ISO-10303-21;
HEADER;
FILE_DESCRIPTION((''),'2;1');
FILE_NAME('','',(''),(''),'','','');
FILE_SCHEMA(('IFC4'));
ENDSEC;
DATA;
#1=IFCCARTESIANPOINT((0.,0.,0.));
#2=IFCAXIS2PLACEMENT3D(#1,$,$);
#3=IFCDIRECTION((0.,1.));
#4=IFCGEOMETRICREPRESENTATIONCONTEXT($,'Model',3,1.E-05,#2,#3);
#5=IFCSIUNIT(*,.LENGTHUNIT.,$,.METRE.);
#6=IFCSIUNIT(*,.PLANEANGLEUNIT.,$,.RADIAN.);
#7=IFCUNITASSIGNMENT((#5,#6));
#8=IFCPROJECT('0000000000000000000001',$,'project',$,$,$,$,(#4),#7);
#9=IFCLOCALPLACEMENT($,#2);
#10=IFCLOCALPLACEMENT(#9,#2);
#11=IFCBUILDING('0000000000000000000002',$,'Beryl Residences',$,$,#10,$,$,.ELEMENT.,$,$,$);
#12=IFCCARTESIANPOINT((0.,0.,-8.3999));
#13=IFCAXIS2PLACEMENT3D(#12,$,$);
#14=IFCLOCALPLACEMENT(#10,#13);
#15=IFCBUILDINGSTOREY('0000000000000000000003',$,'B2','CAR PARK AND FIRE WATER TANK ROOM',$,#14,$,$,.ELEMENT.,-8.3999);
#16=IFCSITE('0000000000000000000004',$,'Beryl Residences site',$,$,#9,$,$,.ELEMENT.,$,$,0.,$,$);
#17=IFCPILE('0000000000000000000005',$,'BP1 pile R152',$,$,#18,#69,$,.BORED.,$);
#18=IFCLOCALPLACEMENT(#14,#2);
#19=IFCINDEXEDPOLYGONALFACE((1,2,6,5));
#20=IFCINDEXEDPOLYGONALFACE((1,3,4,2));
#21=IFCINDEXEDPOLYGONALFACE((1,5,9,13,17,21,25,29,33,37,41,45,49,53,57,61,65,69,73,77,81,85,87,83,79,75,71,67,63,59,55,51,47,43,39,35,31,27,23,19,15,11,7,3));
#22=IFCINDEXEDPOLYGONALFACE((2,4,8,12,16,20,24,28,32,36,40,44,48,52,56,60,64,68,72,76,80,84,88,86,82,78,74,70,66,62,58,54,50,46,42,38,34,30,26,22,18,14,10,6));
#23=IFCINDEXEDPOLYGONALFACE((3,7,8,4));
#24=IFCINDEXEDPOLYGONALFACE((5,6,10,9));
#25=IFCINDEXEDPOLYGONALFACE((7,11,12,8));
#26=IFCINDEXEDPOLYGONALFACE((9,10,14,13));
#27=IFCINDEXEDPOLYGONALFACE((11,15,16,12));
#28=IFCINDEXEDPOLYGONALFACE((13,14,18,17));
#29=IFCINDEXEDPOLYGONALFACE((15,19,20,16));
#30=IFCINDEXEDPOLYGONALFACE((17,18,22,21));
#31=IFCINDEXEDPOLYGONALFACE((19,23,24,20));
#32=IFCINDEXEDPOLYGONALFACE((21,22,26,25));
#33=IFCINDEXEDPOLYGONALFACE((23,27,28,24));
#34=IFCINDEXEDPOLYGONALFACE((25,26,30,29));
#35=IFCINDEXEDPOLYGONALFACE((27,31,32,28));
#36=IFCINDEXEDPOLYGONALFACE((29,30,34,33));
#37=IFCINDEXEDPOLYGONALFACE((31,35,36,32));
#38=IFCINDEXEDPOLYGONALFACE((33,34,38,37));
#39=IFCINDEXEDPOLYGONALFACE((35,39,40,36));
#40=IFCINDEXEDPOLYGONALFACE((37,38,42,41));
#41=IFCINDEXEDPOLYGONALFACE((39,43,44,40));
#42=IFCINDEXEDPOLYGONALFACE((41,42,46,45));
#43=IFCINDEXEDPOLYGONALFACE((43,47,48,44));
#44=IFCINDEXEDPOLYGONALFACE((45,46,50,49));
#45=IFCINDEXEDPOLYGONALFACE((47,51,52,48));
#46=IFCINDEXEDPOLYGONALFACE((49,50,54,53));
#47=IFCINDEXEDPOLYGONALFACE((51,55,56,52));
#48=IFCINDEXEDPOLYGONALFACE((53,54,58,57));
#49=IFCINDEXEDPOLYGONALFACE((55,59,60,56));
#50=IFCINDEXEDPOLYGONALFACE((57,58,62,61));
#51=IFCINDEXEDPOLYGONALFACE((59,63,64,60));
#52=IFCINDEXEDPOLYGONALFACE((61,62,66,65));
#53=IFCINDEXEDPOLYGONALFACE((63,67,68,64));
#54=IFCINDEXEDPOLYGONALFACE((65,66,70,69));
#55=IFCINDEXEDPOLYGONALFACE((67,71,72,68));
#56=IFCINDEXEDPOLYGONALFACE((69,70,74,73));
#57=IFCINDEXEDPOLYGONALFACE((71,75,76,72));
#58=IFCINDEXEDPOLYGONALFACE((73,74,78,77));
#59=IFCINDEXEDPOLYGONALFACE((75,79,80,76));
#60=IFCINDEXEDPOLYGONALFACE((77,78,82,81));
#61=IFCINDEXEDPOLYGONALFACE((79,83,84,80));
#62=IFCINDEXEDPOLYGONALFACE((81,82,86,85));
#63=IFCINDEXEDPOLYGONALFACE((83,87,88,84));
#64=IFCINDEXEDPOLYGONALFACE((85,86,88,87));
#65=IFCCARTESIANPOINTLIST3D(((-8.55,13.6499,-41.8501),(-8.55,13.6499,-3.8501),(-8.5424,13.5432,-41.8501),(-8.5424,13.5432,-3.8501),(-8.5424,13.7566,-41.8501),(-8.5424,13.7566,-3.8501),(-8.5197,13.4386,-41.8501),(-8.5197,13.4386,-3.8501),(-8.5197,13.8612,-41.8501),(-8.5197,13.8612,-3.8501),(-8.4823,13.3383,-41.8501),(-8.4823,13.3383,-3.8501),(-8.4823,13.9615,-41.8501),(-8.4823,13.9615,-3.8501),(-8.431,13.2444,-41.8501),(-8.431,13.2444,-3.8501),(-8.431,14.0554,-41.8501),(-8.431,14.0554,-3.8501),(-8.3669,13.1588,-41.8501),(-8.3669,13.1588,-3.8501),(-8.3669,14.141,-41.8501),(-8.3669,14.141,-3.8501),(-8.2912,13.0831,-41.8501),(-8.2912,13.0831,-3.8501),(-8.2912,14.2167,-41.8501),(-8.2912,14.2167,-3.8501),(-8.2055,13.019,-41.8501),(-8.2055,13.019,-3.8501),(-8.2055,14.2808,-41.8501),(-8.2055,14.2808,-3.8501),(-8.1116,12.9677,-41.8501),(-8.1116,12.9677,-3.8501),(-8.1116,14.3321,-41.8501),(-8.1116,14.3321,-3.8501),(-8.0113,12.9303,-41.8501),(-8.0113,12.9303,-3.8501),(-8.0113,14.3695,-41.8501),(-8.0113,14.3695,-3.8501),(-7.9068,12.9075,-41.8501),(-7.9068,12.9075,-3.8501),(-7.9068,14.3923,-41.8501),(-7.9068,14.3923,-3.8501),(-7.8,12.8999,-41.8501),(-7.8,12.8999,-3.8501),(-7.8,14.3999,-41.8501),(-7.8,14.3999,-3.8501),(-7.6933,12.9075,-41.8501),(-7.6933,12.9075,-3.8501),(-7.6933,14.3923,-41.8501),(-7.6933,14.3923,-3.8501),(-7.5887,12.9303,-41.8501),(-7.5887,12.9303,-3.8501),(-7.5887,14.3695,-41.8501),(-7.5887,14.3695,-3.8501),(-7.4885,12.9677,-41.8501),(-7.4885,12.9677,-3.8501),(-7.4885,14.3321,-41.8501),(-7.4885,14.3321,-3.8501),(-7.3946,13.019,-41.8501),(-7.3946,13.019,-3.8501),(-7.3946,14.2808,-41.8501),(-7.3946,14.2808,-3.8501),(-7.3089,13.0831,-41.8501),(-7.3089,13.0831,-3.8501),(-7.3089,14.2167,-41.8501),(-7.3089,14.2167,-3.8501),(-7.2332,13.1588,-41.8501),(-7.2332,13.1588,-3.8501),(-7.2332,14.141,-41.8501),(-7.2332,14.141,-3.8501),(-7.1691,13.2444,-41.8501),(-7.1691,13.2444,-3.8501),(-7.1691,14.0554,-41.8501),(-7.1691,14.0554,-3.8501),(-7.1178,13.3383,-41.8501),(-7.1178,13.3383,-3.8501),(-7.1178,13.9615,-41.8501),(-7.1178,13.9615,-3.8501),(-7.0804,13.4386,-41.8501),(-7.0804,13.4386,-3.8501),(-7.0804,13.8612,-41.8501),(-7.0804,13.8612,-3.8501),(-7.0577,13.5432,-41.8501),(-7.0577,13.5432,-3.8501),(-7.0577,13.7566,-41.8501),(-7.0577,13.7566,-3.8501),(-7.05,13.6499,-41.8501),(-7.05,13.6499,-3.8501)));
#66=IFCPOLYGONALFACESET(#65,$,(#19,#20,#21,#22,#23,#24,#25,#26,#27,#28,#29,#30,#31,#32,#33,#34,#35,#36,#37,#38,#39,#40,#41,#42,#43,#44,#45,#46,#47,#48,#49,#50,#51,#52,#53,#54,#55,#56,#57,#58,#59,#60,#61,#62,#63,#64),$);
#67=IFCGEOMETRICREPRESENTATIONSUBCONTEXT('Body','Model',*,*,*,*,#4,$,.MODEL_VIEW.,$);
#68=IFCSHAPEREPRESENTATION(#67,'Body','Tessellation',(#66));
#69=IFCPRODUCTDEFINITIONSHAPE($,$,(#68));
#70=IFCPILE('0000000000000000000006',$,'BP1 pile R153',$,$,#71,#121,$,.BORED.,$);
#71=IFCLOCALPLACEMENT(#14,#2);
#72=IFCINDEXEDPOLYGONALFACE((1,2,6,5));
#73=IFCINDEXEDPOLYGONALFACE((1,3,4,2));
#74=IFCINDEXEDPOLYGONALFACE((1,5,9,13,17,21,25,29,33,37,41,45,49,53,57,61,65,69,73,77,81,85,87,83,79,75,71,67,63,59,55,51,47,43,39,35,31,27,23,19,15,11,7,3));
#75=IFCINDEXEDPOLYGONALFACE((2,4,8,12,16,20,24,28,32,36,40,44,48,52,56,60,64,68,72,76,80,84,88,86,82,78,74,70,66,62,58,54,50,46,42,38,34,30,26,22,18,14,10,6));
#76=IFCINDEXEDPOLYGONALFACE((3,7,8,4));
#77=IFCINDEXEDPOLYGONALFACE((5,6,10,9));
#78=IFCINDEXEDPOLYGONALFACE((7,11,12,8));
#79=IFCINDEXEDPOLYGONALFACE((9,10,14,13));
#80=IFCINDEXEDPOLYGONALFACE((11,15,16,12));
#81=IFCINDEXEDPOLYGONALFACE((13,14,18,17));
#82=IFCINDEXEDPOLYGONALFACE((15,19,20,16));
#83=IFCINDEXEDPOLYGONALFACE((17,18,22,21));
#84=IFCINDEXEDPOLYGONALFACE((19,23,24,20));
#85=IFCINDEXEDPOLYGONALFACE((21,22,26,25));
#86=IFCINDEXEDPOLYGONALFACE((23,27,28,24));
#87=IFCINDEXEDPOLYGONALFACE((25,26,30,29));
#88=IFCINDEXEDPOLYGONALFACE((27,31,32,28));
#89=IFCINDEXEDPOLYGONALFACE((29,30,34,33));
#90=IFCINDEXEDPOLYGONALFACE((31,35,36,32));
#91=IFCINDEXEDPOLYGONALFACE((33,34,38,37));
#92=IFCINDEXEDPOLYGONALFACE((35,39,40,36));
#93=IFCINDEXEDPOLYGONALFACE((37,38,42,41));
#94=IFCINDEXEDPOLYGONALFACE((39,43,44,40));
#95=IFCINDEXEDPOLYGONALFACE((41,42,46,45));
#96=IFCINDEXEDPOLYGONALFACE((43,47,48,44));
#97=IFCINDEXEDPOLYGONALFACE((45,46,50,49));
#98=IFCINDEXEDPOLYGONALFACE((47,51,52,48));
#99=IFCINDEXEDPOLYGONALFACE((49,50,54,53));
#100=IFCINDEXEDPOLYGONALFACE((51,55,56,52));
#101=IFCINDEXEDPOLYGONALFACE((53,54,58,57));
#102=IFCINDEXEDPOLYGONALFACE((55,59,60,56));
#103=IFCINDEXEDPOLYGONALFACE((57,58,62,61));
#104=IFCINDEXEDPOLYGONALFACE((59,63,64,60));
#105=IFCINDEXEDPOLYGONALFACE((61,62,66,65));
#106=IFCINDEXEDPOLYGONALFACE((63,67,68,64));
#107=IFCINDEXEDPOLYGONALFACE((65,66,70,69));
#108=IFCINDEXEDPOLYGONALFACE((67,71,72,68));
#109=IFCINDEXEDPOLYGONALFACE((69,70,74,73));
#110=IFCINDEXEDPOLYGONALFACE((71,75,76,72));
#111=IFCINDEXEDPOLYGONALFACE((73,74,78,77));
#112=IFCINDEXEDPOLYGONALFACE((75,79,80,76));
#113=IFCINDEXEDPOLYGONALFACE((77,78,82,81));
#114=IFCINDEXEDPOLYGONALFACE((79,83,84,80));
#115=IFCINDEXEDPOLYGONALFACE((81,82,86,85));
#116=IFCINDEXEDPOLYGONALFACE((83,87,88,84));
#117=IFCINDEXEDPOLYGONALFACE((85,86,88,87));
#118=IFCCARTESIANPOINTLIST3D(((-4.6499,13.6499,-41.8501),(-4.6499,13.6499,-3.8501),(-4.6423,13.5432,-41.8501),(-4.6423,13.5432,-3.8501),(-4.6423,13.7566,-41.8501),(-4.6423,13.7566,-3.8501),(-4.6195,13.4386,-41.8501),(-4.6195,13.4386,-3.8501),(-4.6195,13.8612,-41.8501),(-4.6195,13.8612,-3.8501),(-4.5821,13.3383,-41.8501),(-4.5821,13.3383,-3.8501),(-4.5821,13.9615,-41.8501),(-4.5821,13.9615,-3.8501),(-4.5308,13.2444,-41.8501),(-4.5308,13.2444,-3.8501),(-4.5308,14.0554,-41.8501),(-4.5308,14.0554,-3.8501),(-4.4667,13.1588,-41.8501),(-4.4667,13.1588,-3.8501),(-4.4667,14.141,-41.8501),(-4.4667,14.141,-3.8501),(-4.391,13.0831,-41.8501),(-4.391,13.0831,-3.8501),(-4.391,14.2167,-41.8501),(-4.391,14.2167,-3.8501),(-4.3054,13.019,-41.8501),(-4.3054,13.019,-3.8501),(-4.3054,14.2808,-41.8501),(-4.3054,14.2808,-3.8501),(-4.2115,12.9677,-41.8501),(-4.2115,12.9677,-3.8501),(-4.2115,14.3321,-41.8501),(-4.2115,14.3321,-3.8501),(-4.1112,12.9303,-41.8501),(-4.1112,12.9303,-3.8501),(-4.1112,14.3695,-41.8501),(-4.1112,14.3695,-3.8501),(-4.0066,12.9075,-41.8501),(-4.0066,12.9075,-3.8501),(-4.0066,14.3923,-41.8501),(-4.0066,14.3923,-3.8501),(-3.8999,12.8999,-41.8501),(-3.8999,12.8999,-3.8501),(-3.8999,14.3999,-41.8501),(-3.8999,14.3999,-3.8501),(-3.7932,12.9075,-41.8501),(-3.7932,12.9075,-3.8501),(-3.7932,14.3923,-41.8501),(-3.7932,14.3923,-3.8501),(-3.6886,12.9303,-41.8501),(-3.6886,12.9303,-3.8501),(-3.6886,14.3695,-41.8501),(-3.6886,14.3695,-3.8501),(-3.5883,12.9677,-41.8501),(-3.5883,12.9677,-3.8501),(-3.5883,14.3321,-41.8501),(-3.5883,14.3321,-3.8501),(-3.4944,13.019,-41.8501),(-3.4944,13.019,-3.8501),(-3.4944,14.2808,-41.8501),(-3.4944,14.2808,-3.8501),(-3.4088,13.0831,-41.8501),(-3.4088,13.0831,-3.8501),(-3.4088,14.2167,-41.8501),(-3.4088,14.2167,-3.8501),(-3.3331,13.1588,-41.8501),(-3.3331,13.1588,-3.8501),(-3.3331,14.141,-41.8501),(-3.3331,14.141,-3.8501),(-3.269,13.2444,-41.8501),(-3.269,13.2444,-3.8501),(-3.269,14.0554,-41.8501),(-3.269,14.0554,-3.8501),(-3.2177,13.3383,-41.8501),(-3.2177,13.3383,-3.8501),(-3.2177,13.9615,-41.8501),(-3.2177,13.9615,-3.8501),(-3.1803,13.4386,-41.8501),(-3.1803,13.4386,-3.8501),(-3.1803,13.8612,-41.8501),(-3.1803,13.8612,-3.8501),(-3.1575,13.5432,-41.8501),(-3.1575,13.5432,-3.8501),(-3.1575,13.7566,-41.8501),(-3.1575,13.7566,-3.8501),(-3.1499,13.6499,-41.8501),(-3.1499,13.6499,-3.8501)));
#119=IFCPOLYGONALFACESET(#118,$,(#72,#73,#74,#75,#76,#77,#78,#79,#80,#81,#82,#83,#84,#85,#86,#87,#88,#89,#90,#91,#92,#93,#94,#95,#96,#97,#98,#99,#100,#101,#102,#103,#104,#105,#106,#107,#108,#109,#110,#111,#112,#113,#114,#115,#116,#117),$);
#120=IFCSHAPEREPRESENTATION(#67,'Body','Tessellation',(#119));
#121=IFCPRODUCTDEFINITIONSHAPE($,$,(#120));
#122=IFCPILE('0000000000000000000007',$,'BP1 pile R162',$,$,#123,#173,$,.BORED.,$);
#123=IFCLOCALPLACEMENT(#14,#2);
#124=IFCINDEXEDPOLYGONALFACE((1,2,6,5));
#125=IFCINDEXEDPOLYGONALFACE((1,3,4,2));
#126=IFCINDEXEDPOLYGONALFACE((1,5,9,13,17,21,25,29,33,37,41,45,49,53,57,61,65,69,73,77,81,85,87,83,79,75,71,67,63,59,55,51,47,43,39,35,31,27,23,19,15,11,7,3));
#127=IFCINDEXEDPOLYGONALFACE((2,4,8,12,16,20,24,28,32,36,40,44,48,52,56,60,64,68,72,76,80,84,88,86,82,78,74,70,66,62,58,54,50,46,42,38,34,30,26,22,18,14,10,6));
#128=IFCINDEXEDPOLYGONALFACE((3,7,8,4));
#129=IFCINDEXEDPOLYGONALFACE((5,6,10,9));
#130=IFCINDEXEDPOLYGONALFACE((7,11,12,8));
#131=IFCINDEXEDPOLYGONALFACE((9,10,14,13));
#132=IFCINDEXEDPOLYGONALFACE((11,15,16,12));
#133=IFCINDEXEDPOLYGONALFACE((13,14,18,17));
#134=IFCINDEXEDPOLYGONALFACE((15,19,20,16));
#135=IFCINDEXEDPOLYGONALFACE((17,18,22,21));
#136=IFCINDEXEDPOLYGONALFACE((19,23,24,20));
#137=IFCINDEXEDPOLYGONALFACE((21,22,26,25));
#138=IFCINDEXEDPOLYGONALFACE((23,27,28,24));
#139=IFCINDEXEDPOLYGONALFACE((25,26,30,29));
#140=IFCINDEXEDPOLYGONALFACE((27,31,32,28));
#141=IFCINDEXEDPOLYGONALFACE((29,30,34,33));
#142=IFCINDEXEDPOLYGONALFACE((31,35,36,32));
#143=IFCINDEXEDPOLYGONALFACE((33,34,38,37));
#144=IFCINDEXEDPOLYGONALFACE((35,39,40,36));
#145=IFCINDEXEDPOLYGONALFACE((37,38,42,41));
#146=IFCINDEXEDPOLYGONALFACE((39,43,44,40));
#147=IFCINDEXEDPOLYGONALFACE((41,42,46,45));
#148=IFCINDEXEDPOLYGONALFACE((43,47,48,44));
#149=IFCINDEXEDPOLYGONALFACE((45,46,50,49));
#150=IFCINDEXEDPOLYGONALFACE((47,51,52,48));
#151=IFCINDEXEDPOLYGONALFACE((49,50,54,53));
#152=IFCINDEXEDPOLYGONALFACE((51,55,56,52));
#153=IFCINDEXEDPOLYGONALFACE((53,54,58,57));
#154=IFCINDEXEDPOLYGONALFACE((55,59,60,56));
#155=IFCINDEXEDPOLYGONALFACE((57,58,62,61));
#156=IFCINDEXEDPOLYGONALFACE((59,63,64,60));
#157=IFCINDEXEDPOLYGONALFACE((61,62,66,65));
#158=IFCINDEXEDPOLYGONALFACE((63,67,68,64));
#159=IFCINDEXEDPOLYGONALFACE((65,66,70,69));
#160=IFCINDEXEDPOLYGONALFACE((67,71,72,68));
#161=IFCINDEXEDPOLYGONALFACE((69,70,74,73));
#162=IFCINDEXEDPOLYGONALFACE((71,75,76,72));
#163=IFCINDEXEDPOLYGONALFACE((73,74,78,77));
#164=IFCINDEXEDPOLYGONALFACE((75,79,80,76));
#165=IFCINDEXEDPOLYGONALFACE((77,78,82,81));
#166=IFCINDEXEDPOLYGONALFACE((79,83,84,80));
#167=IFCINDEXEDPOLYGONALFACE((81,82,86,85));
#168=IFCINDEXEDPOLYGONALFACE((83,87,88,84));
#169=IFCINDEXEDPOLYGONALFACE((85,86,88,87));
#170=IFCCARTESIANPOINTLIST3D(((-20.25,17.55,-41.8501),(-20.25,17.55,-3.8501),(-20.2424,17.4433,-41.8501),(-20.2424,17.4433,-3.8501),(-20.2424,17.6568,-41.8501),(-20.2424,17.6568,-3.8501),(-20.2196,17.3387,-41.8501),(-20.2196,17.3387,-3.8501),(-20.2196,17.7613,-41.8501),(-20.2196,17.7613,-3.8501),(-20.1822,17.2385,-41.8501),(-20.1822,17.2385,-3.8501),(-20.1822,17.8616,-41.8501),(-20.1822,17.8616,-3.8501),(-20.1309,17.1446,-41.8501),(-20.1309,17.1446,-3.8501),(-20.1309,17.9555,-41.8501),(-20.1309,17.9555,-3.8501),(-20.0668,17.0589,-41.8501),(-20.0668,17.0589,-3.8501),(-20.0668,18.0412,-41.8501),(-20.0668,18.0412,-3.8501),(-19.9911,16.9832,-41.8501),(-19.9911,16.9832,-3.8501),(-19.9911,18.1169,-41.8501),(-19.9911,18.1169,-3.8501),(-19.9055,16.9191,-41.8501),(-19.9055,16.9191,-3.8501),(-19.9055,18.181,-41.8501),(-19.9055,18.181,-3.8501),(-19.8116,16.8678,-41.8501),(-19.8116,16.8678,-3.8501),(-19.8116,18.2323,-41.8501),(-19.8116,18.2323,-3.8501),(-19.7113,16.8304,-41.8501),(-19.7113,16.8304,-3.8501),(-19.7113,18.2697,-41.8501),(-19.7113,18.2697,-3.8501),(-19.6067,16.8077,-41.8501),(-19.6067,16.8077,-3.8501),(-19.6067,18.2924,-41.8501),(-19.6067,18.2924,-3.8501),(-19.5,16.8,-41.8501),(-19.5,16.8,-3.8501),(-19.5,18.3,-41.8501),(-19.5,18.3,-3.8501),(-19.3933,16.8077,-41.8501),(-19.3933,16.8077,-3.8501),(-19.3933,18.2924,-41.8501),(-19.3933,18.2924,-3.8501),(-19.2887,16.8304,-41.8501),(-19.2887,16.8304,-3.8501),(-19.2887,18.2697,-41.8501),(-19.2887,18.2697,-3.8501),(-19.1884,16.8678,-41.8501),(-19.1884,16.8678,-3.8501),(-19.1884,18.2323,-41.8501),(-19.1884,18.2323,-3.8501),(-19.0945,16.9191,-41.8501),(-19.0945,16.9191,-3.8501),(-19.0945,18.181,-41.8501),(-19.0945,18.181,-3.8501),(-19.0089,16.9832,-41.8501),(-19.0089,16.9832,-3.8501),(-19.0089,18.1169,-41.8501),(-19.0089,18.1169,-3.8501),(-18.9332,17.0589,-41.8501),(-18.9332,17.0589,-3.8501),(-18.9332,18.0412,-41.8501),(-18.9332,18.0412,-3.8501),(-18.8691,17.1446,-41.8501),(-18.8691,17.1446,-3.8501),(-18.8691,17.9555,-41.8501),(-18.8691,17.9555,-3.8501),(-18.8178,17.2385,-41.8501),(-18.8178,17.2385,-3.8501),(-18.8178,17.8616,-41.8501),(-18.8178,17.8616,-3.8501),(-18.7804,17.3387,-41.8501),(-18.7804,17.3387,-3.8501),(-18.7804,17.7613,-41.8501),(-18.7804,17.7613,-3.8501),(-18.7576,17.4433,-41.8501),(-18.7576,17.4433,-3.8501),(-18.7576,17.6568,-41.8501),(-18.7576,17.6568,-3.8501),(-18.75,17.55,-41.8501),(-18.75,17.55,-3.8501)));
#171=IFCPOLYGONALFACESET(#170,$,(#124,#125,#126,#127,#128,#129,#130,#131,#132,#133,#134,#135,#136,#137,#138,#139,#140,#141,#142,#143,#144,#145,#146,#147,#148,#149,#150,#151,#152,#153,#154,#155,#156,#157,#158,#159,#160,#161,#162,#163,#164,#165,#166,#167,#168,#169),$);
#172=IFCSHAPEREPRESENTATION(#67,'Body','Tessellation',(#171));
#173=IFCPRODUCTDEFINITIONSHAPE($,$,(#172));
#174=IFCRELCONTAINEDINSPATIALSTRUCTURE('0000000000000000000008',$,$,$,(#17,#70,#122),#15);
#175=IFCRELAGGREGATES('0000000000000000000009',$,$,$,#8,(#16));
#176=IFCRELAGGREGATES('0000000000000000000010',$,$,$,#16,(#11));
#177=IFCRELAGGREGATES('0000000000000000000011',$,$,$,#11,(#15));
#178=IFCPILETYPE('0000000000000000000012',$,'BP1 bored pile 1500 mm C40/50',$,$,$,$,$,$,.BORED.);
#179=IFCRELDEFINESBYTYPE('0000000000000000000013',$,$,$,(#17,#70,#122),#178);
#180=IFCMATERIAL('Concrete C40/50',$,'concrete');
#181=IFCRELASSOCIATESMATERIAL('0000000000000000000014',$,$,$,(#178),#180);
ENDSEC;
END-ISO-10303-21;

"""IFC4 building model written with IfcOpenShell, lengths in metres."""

from ifc_helpers import new_model, si_unit, direction, frame, origin, origin_2d, place, context, subcontext, project, spatial, circle, extrude, material, material_profile, profile_set, type_object, element, save


model = new_model("IFC4")

# Units and contexts
model_context = context("Model", 3, precision=1e-05, world=origin(), true_north=direction((0.0, 1.0)))
body_context = subcontext(model_context, "Body", "Model", "MODEL_VIEW")
ifc_project = project(units=[si_unit("LENGTHUNIT", "METRE"), si_unit("PLANEANGLEUNIT", "RADIAN")], contexts=[model_context])

# Site, building, storey
site_placement = place(None, origin())
site = spatial("IfcSite", under=ifc_project, at=site_placement, Name="Beryl Residences site", CompositionType="ELEMENT", RefElevation=0.0)
building_placement = place(site_placement, origin())
building = spatial("IfcBuilding", under=site, at=building_placement, Name="Beryl Residences", CompositionType="ELEMENT")
storey_placement = place(building_placement, frame((0.0, 0.0, -8.3999)))
storey = spatial("IfcBuildingStorey", under=building, at=storey_placement, Name="B2", Description="CAR PARK AND FIRE WATER TANK ROOM", CompositionType="ELEMENT", Elevation=-8.3999)

# Piles
ifc_material_1 = material(Name="Concrete C40/50", Category="concrete")
ifc_material_profile_1 = material_profile(ifc_material_1, circle(Radius=0.75, at=origin_2d()))
ifc_profile_set_1 = profile_set([ifc_material_profile_1], Name="Concrete C40/50")
pile_type = type_object("IfcPileType", Name="BP1 bored pile 1500 mm C40/50", PredefinedType="BORED", material=ifc_profile_set_1)
for number, where, z_axis, x_axis, name in (
    (1, (-7.8, 13.6499, -3.8501), (0.0, 0.0, -1.0), (1.0, 0.0, 0.0), "BP1 pile R152"),
    (2, (-3.8999, 13.6499, -3.8501), (0.0, 0.0, -1.0), (1.0, 0.0, 0.0), "BP1 pile R153"),
    (3, (-19.5, 17.55, -3.8501), (0.0, 0.0, -1.0), (1.0, 0.0, 0.0), "BP1 pile R162"),
):
    element("IfcPile", number, at=place(storey_placement, frame(where, z_axis=z_axis, x_axis=x_axis)), inside=storey, type_object=pile_type, Name=name, PredefinedType="BORED", context=body_context, shape_type="SweptSolid", body=[
        extrude(circle(Radius=0.75, at=origin_2d()), origin(), (0.0, 0.0, 1.0), 38.0),
    ])

save(model, "model.ifc")
